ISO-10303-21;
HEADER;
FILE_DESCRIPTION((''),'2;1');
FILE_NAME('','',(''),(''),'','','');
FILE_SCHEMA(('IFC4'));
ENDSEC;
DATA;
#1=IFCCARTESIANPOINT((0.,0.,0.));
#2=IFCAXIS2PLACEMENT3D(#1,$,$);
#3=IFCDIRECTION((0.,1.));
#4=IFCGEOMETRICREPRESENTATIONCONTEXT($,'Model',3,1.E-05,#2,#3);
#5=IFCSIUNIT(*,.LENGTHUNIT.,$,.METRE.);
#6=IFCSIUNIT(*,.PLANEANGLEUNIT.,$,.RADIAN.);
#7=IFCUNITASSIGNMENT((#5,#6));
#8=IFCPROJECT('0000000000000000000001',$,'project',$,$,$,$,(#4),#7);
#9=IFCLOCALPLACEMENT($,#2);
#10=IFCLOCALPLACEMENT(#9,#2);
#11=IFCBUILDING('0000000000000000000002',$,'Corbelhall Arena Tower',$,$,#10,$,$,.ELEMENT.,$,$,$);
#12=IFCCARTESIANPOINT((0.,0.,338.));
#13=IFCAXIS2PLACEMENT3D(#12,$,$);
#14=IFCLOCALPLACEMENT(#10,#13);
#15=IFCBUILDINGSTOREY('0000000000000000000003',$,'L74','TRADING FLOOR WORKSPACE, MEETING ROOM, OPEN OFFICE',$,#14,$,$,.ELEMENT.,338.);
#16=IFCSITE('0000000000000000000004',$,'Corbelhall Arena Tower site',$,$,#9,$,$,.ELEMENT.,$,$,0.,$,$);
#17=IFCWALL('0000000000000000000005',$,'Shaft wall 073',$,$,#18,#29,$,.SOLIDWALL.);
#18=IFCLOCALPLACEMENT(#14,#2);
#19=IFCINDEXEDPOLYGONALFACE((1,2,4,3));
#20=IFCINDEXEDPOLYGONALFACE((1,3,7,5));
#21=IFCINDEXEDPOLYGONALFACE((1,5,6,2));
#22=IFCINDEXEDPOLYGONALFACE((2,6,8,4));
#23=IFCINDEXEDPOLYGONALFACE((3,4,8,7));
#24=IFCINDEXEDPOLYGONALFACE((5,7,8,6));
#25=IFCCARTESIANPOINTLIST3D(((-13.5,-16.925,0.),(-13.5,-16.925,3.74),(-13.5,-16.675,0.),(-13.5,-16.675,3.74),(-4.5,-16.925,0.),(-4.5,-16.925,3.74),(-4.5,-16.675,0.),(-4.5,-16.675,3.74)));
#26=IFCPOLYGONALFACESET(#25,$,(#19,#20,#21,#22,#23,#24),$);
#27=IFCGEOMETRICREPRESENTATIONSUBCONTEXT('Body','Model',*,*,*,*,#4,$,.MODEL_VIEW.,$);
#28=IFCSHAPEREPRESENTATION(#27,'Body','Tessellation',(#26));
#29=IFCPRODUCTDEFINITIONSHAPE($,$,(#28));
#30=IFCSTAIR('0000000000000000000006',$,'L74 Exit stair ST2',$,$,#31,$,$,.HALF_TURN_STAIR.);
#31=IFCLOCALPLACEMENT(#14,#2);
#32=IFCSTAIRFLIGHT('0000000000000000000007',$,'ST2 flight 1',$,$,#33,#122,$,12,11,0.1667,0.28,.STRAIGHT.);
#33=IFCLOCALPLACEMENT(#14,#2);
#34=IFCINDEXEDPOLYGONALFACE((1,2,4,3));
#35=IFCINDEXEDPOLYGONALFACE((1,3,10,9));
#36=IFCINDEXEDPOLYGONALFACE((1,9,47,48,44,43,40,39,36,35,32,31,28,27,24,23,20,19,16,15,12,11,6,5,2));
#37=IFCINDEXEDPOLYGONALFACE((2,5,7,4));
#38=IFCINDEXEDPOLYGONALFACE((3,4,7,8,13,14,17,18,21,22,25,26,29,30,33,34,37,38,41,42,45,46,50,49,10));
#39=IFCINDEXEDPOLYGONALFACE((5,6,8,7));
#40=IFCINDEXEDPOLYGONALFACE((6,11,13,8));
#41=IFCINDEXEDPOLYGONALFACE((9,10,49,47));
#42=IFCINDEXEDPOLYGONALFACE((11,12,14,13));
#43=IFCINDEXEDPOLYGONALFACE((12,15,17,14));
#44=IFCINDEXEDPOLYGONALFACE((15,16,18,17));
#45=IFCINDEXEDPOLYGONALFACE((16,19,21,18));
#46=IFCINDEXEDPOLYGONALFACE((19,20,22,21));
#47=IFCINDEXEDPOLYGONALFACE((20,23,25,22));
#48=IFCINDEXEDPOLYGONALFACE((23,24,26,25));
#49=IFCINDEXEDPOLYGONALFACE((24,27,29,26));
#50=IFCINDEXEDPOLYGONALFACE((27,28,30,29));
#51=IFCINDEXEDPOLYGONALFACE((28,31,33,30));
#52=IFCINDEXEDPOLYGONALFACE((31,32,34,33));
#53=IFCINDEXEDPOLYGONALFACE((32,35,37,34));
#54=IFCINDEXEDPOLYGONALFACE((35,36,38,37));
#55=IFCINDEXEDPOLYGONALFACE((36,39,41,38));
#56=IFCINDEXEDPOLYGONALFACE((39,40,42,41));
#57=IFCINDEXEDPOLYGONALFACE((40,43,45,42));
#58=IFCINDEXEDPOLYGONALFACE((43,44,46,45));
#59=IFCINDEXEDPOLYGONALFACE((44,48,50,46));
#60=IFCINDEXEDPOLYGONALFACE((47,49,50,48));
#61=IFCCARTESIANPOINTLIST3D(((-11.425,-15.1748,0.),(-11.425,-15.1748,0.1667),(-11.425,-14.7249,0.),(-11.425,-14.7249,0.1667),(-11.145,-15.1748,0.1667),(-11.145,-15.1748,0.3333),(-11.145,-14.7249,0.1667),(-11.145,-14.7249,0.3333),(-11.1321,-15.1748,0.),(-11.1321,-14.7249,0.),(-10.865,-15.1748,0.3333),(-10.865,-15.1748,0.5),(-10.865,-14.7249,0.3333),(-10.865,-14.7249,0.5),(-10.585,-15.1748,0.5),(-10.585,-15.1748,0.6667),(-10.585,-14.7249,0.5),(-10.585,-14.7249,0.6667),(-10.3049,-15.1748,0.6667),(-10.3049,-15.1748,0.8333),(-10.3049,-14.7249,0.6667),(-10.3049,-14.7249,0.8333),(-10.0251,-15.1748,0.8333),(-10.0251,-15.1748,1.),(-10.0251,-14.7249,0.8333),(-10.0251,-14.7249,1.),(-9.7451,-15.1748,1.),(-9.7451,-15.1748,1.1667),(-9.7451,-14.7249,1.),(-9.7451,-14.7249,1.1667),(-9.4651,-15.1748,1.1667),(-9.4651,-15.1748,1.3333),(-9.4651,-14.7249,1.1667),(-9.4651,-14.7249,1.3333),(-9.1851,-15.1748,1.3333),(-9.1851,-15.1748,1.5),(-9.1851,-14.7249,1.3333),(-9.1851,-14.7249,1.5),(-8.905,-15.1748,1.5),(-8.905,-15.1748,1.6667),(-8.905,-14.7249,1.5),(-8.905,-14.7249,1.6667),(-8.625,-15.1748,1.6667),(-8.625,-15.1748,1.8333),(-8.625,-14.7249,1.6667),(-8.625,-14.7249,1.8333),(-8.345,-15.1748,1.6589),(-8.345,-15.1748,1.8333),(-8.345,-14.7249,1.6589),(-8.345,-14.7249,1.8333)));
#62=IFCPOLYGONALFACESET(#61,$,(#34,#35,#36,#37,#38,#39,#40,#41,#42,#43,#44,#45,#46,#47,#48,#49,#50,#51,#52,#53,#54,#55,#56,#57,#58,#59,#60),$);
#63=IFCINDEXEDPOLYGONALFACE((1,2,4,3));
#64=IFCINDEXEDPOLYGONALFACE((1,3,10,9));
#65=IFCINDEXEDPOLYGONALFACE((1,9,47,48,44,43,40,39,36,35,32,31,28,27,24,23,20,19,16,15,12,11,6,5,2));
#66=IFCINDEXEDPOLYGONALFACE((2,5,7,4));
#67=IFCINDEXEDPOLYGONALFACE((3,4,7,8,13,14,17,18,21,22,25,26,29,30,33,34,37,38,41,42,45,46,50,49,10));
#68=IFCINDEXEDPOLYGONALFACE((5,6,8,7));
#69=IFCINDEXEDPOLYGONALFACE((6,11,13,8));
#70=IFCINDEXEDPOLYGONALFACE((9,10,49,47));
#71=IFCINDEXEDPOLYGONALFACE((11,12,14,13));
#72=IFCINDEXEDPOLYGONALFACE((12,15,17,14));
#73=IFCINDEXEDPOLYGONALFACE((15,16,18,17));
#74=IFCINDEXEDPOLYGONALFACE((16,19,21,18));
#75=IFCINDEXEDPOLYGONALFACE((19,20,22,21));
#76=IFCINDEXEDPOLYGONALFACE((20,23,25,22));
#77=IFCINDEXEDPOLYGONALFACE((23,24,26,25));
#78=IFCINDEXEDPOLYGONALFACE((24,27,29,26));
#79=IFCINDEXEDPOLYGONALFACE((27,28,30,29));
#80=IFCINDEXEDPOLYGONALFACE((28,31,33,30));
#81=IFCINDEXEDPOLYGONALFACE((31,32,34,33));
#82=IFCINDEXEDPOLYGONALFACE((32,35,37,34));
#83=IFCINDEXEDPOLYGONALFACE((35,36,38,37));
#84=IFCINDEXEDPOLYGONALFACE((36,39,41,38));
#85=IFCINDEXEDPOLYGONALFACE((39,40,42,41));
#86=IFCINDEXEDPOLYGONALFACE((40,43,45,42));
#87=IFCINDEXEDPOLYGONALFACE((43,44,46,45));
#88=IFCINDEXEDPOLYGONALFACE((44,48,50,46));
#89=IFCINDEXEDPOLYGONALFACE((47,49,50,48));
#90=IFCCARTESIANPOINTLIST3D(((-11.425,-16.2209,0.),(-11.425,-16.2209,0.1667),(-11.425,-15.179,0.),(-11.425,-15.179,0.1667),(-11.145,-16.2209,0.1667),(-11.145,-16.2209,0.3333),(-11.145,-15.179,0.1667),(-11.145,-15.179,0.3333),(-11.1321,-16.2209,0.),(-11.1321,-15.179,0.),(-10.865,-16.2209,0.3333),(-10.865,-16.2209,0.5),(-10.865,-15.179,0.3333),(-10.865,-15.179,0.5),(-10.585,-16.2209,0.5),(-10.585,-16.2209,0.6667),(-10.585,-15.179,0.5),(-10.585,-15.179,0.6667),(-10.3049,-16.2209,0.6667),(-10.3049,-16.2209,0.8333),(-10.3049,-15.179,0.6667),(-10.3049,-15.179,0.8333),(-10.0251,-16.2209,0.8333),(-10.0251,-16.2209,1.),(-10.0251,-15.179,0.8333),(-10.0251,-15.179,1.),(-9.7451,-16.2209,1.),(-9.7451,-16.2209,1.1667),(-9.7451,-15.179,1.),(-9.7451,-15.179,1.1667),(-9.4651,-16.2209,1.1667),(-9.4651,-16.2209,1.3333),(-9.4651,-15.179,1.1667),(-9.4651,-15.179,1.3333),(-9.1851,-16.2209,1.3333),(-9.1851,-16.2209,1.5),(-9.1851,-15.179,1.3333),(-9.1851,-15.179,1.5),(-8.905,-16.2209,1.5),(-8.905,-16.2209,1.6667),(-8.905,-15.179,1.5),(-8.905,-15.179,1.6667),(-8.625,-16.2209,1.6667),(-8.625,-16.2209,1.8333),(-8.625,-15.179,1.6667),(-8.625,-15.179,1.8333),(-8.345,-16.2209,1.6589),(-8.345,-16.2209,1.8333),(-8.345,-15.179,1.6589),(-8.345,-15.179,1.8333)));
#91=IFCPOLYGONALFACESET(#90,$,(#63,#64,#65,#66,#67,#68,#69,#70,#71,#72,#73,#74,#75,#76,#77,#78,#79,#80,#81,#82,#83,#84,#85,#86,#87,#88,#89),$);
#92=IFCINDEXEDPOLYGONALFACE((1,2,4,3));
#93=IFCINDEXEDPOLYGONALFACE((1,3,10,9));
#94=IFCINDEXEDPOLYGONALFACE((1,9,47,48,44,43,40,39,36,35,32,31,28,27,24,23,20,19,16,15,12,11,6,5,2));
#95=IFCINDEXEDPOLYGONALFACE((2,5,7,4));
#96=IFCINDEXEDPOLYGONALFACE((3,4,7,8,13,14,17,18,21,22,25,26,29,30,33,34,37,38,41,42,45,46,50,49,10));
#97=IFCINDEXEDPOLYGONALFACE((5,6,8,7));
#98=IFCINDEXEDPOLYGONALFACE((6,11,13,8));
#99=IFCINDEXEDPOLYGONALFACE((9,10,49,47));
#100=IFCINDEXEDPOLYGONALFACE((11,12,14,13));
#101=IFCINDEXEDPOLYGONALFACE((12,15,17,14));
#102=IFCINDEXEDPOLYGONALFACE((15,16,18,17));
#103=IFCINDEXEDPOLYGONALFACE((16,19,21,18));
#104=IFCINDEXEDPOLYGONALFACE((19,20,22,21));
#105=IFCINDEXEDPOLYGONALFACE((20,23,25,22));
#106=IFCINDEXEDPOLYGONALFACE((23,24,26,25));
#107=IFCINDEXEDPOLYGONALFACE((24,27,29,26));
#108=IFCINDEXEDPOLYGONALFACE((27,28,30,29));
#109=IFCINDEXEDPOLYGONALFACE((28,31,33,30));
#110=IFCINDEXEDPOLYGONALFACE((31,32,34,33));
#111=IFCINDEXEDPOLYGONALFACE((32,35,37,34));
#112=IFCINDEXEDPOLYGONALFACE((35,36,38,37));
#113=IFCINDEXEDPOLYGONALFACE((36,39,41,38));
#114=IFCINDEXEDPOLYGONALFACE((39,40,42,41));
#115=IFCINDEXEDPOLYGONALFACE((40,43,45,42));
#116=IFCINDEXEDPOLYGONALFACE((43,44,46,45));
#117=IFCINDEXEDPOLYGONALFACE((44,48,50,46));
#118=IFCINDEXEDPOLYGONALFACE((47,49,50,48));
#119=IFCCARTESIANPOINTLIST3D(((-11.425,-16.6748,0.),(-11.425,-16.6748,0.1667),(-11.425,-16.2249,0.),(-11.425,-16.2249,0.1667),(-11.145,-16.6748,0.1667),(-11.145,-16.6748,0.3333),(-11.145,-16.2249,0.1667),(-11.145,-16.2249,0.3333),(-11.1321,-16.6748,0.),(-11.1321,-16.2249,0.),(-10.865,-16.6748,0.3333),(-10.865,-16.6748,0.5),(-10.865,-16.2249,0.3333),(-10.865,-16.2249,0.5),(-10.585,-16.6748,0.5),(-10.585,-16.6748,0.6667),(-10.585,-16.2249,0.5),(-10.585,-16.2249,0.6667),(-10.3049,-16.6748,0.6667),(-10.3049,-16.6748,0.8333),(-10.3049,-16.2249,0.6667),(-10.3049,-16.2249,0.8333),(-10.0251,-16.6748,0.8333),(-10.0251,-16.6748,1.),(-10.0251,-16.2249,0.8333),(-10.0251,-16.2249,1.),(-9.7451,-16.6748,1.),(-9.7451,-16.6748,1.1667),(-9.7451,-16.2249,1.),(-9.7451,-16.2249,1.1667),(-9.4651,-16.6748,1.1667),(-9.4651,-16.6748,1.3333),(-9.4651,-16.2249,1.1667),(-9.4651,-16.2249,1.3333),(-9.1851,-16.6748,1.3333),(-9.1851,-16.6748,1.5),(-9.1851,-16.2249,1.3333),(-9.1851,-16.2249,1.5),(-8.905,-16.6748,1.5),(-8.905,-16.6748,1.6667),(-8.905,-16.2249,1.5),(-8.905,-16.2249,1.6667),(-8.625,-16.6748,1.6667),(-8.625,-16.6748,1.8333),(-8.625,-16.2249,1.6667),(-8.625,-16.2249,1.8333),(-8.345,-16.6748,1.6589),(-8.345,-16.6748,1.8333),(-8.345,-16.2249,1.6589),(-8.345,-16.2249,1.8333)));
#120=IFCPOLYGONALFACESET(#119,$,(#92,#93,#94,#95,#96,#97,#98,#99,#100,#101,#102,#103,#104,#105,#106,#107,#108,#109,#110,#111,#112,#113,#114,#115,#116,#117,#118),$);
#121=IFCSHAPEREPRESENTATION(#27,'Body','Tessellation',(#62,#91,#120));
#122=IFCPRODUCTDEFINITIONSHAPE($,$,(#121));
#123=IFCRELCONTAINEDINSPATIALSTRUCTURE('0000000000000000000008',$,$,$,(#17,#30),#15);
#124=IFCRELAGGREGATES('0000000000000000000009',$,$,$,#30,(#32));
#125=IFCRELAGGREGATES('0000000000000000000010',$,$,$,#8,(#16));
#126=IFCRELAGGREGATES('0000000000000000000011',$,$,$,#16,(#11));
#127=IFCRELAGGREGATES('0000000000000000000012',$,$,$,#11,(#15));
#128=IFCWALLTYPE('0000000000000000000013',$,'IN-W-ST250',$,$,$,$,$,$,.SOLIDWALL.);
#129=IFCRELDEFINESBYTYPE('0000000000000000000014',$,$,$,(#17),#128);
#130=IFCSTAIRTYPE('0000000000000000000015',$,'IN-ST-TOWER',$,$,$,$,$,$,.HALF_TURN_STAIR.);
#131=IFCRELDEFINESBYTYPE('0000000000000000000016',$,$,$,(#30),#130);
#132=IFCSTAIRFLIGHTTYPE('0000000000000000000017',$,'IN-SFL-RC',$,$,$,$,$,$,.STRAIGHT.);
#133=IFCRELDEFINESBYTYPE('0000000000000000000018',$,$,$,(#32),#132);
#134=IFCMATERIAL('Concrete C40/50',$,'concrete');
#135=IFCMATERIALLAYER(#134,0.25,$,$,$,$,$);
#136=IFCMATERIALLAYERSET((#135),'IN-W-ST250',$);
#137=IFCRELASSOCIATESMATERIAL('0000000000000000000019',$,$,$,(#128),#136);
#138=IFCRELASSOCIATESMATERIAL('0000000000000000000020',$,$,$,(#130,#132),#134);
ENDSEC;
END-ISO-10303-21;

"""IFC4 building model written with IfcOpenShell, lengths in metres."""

from ifc_helpers import new_model, si_unit, direction, frame, frame_2d, origin, place, context, subcontext, project, spatial, polyline, rectangle, outline, extrude, material, layer, layer_set, type_object, element, aggregate, save


model = new_model("IFC4")

# Units and contexts
model_context = context("Model", 3, precision=1e-05, world=origin(), true_north=direction((0.0, 1.0)))
body_context = subcontext(model_context, "Body", "Model", "MODEL_VIEW")
ifc_project = project(units=[si_unit("LENGTHUNIT", "METRE"), si_unit("PLANEANGLEUNIT", "RADIAN")], contexts=[model_context])

# Site, building, storey
site_placement = place(None, origin())
site = spatial("IfcSite", under=ifc_project, at=site_placement, Name="Corbelhall Arena Tower site", CompositionType="ELEMENT", RefElevation=0.0)
building_placement = place(site_placement, origin())
building = spatial("IfcBuilding", under=site, at=building_placement, Name="Corbelhall Arena Tower", CompositionType="ELEMENT")
storey_placement = place(building_placement, frame((0.0, 0.0, 338.0)))
storey = spatial("IfcBuildingStorey", under=building, at=storey_placement, Name="L74", Description="TRADING FLOOR WORKSPACE, MEETING ROOM, OPEN OFFICE", CompositionType="ELEMENT", Elevation=338.0)

# Wall
ifc_material_1 = material(Name="Concrete C40/50", Category="concrete")
ifc_layer_1 = layer(ifc_material_1, 0.25)
ifc_layer_set_1 = layer_set([ifc_layer_1], Name="IN-W-ST250")
wall_type_1 = type_object("IfcWallType", Name="IN-W-ST250", PredefinedType="SOLIDWALL", material=ifc_layer_set_1)
wall_1_placement = place(storey_placement, frame((-4.5, -16.8, 0.0), z_axis=(0.0, 0.0, 1.0), x_axis=(-1.0, 0.0, 0.0)))
element("IfcWall", 1, at=wall_1_placement, inside=storey, type_object=wall_type_1, Name="Shaft wall 073", PredefinedType="SOLIDWALL", context=body_context, shape_type="SweptSolid", body=[
    extrude(rectangle(XDim=9.0, YDim=0.25, at=frame_2d((4.5, 0.0))), origin(), (0.0, 0.0, 1.0), 3.74),
])

# Stair, stair flight
stair_type = type_object("IfcStairType", Name="IN-ST-TOWER", PredefinedType="HALF_TURN_STAIR", material=ifc_material_1)
stair_placement = place(storey_placement, origin())
stair = element("IfcStair", 2, at=stair_placement, inside=storey, type_object=stair_type, Name="L74 Exit stair ST2", PredefinedType="HALF_TURN_STAIR")
stair_flight_type = type_object("IfcStairFlightType", Name="IN-SFL-RC", PredefinedType="STRAIGHT", material=ifc_material_1)
stair_flight_1_placement = place(storey_placement, frame((-11.425, -15.7, 0.0), z_axis=(0.0, 0.0, 1.0), x_axis=(1.0, 0.0, 0.0)))
stair_flight_1 = element("IfcStairFlight", 3, at=stair_flight_1_placement, type_object=stair_flight_type, Name="ST2 flight 1", NumberOfRisers=12, NumberOfTreads=11, PredefinedType="STRAIGHT", RiserHeight=0.1667, TreadLength=0.28, context=body_context, shape_type="SweptSolid", body=[
    extrude(outline(polyline([(0.0, 0.0), (0.0, 0.1667), (0.28, 0.1667), (0.28, 0.3333), (0.5601, 0.3333), (0.5601, 0.5), (0.8401, 0.5), (0.8401, 0.6667), (1.1201, 0.6667), (1.1201, 0.8333), (1.3999, 0.8333), (1.3999, 1.0), (1.6799, 1.0), (1.6799, 1.1667), (1.96, 1.1667), (1.96, 1.3333), (2.24, 1.3333), (2.24, 1.5), (2.52, 1.5), (2.52, 1.6667), (2.8, 1.6667), (2.8, 1.8333), (3.0801, 1.8333), (3.0801, 2.0), (3.0801, 1.6589), (0.293, 0.0), (0.0, 0.0)])), frame((0.0, 0.9751, 0.0), z_axis=(0.0, -1.0, 0.0), x_axis=(1.0, 0.0, 0.0)), (0.0, 0.0, 1.0), 0.45),
    extrude(outline(polyline([(0.0, 0.0), (0.0, 0.1667), (0.28, 0.1667), (0.28, 0.3333), (0.5601, 0.3333), (0.5601, 0.5), (0.8401, 0.5), (0.8401, 0.6667), (1.1201, 0.6667), (1.1201, 0.8333), (1.3999, 0.8333), (1.3999, 1.0), (1.6799, 1.0), (1.6799, 1.1667), (1.96, 1.1667), (1.96, 1.3333), (2.24, 1.3333), (2.24, 1.5), (2.52, 1.5), (2.52, 1.6667), (2.8, 1.6667), (2.8, 1.8333), (3.0801, 1.8333), (3.0801, 2.0), (3.0801, 1.6589), (0.293, 0.0), (0.0, 0.0)])), frame((0.0, 0.521, 0.0), z_axis=(0.0, -1.0, 0.0), x_axis=(1.0, 0.0, 0.0)), (0.0, 0.0, 1.0), 1.042),
    extrude(outline(polyline([(0.0, 0.0), (0.0, 0.1667), (0.28, 0.1667), (0.28, 0.3333), (0.5601, 0.3333), (0.5601, 0.5), (0.8401, 0.5), (0.8401, 0.6667), (1.1201, 0.6667), (1.1201, 0.8333), (1.3999, 0.8333), (1.3999, 1.0), (1.6799, 1.0), (1.6799, 1.1667), (1.96, 1.1667), (1.96, 1.3333), (2.24, 1.3333), (2.24, 1.5), (2.52, 1.5), (2.52, 1.6667), (2.8, 1.6667), (2.8, 1.8333), (3.0801, 1.8333), (3.0801, 2.0), (3.0801, 1.6589), (0.293, 0.0), (0.0, 0.0)])), frame((0.0, -0.5249, 0.0), z_axis=(0.0, -1.0, 0.0), x_axis=(1.0, 0.0, 0.0)), (0.0, 0.0, 1.0), 0.45),
])
aggregate(stair, [stair_flight_1])

save(model, "model.ifc")
